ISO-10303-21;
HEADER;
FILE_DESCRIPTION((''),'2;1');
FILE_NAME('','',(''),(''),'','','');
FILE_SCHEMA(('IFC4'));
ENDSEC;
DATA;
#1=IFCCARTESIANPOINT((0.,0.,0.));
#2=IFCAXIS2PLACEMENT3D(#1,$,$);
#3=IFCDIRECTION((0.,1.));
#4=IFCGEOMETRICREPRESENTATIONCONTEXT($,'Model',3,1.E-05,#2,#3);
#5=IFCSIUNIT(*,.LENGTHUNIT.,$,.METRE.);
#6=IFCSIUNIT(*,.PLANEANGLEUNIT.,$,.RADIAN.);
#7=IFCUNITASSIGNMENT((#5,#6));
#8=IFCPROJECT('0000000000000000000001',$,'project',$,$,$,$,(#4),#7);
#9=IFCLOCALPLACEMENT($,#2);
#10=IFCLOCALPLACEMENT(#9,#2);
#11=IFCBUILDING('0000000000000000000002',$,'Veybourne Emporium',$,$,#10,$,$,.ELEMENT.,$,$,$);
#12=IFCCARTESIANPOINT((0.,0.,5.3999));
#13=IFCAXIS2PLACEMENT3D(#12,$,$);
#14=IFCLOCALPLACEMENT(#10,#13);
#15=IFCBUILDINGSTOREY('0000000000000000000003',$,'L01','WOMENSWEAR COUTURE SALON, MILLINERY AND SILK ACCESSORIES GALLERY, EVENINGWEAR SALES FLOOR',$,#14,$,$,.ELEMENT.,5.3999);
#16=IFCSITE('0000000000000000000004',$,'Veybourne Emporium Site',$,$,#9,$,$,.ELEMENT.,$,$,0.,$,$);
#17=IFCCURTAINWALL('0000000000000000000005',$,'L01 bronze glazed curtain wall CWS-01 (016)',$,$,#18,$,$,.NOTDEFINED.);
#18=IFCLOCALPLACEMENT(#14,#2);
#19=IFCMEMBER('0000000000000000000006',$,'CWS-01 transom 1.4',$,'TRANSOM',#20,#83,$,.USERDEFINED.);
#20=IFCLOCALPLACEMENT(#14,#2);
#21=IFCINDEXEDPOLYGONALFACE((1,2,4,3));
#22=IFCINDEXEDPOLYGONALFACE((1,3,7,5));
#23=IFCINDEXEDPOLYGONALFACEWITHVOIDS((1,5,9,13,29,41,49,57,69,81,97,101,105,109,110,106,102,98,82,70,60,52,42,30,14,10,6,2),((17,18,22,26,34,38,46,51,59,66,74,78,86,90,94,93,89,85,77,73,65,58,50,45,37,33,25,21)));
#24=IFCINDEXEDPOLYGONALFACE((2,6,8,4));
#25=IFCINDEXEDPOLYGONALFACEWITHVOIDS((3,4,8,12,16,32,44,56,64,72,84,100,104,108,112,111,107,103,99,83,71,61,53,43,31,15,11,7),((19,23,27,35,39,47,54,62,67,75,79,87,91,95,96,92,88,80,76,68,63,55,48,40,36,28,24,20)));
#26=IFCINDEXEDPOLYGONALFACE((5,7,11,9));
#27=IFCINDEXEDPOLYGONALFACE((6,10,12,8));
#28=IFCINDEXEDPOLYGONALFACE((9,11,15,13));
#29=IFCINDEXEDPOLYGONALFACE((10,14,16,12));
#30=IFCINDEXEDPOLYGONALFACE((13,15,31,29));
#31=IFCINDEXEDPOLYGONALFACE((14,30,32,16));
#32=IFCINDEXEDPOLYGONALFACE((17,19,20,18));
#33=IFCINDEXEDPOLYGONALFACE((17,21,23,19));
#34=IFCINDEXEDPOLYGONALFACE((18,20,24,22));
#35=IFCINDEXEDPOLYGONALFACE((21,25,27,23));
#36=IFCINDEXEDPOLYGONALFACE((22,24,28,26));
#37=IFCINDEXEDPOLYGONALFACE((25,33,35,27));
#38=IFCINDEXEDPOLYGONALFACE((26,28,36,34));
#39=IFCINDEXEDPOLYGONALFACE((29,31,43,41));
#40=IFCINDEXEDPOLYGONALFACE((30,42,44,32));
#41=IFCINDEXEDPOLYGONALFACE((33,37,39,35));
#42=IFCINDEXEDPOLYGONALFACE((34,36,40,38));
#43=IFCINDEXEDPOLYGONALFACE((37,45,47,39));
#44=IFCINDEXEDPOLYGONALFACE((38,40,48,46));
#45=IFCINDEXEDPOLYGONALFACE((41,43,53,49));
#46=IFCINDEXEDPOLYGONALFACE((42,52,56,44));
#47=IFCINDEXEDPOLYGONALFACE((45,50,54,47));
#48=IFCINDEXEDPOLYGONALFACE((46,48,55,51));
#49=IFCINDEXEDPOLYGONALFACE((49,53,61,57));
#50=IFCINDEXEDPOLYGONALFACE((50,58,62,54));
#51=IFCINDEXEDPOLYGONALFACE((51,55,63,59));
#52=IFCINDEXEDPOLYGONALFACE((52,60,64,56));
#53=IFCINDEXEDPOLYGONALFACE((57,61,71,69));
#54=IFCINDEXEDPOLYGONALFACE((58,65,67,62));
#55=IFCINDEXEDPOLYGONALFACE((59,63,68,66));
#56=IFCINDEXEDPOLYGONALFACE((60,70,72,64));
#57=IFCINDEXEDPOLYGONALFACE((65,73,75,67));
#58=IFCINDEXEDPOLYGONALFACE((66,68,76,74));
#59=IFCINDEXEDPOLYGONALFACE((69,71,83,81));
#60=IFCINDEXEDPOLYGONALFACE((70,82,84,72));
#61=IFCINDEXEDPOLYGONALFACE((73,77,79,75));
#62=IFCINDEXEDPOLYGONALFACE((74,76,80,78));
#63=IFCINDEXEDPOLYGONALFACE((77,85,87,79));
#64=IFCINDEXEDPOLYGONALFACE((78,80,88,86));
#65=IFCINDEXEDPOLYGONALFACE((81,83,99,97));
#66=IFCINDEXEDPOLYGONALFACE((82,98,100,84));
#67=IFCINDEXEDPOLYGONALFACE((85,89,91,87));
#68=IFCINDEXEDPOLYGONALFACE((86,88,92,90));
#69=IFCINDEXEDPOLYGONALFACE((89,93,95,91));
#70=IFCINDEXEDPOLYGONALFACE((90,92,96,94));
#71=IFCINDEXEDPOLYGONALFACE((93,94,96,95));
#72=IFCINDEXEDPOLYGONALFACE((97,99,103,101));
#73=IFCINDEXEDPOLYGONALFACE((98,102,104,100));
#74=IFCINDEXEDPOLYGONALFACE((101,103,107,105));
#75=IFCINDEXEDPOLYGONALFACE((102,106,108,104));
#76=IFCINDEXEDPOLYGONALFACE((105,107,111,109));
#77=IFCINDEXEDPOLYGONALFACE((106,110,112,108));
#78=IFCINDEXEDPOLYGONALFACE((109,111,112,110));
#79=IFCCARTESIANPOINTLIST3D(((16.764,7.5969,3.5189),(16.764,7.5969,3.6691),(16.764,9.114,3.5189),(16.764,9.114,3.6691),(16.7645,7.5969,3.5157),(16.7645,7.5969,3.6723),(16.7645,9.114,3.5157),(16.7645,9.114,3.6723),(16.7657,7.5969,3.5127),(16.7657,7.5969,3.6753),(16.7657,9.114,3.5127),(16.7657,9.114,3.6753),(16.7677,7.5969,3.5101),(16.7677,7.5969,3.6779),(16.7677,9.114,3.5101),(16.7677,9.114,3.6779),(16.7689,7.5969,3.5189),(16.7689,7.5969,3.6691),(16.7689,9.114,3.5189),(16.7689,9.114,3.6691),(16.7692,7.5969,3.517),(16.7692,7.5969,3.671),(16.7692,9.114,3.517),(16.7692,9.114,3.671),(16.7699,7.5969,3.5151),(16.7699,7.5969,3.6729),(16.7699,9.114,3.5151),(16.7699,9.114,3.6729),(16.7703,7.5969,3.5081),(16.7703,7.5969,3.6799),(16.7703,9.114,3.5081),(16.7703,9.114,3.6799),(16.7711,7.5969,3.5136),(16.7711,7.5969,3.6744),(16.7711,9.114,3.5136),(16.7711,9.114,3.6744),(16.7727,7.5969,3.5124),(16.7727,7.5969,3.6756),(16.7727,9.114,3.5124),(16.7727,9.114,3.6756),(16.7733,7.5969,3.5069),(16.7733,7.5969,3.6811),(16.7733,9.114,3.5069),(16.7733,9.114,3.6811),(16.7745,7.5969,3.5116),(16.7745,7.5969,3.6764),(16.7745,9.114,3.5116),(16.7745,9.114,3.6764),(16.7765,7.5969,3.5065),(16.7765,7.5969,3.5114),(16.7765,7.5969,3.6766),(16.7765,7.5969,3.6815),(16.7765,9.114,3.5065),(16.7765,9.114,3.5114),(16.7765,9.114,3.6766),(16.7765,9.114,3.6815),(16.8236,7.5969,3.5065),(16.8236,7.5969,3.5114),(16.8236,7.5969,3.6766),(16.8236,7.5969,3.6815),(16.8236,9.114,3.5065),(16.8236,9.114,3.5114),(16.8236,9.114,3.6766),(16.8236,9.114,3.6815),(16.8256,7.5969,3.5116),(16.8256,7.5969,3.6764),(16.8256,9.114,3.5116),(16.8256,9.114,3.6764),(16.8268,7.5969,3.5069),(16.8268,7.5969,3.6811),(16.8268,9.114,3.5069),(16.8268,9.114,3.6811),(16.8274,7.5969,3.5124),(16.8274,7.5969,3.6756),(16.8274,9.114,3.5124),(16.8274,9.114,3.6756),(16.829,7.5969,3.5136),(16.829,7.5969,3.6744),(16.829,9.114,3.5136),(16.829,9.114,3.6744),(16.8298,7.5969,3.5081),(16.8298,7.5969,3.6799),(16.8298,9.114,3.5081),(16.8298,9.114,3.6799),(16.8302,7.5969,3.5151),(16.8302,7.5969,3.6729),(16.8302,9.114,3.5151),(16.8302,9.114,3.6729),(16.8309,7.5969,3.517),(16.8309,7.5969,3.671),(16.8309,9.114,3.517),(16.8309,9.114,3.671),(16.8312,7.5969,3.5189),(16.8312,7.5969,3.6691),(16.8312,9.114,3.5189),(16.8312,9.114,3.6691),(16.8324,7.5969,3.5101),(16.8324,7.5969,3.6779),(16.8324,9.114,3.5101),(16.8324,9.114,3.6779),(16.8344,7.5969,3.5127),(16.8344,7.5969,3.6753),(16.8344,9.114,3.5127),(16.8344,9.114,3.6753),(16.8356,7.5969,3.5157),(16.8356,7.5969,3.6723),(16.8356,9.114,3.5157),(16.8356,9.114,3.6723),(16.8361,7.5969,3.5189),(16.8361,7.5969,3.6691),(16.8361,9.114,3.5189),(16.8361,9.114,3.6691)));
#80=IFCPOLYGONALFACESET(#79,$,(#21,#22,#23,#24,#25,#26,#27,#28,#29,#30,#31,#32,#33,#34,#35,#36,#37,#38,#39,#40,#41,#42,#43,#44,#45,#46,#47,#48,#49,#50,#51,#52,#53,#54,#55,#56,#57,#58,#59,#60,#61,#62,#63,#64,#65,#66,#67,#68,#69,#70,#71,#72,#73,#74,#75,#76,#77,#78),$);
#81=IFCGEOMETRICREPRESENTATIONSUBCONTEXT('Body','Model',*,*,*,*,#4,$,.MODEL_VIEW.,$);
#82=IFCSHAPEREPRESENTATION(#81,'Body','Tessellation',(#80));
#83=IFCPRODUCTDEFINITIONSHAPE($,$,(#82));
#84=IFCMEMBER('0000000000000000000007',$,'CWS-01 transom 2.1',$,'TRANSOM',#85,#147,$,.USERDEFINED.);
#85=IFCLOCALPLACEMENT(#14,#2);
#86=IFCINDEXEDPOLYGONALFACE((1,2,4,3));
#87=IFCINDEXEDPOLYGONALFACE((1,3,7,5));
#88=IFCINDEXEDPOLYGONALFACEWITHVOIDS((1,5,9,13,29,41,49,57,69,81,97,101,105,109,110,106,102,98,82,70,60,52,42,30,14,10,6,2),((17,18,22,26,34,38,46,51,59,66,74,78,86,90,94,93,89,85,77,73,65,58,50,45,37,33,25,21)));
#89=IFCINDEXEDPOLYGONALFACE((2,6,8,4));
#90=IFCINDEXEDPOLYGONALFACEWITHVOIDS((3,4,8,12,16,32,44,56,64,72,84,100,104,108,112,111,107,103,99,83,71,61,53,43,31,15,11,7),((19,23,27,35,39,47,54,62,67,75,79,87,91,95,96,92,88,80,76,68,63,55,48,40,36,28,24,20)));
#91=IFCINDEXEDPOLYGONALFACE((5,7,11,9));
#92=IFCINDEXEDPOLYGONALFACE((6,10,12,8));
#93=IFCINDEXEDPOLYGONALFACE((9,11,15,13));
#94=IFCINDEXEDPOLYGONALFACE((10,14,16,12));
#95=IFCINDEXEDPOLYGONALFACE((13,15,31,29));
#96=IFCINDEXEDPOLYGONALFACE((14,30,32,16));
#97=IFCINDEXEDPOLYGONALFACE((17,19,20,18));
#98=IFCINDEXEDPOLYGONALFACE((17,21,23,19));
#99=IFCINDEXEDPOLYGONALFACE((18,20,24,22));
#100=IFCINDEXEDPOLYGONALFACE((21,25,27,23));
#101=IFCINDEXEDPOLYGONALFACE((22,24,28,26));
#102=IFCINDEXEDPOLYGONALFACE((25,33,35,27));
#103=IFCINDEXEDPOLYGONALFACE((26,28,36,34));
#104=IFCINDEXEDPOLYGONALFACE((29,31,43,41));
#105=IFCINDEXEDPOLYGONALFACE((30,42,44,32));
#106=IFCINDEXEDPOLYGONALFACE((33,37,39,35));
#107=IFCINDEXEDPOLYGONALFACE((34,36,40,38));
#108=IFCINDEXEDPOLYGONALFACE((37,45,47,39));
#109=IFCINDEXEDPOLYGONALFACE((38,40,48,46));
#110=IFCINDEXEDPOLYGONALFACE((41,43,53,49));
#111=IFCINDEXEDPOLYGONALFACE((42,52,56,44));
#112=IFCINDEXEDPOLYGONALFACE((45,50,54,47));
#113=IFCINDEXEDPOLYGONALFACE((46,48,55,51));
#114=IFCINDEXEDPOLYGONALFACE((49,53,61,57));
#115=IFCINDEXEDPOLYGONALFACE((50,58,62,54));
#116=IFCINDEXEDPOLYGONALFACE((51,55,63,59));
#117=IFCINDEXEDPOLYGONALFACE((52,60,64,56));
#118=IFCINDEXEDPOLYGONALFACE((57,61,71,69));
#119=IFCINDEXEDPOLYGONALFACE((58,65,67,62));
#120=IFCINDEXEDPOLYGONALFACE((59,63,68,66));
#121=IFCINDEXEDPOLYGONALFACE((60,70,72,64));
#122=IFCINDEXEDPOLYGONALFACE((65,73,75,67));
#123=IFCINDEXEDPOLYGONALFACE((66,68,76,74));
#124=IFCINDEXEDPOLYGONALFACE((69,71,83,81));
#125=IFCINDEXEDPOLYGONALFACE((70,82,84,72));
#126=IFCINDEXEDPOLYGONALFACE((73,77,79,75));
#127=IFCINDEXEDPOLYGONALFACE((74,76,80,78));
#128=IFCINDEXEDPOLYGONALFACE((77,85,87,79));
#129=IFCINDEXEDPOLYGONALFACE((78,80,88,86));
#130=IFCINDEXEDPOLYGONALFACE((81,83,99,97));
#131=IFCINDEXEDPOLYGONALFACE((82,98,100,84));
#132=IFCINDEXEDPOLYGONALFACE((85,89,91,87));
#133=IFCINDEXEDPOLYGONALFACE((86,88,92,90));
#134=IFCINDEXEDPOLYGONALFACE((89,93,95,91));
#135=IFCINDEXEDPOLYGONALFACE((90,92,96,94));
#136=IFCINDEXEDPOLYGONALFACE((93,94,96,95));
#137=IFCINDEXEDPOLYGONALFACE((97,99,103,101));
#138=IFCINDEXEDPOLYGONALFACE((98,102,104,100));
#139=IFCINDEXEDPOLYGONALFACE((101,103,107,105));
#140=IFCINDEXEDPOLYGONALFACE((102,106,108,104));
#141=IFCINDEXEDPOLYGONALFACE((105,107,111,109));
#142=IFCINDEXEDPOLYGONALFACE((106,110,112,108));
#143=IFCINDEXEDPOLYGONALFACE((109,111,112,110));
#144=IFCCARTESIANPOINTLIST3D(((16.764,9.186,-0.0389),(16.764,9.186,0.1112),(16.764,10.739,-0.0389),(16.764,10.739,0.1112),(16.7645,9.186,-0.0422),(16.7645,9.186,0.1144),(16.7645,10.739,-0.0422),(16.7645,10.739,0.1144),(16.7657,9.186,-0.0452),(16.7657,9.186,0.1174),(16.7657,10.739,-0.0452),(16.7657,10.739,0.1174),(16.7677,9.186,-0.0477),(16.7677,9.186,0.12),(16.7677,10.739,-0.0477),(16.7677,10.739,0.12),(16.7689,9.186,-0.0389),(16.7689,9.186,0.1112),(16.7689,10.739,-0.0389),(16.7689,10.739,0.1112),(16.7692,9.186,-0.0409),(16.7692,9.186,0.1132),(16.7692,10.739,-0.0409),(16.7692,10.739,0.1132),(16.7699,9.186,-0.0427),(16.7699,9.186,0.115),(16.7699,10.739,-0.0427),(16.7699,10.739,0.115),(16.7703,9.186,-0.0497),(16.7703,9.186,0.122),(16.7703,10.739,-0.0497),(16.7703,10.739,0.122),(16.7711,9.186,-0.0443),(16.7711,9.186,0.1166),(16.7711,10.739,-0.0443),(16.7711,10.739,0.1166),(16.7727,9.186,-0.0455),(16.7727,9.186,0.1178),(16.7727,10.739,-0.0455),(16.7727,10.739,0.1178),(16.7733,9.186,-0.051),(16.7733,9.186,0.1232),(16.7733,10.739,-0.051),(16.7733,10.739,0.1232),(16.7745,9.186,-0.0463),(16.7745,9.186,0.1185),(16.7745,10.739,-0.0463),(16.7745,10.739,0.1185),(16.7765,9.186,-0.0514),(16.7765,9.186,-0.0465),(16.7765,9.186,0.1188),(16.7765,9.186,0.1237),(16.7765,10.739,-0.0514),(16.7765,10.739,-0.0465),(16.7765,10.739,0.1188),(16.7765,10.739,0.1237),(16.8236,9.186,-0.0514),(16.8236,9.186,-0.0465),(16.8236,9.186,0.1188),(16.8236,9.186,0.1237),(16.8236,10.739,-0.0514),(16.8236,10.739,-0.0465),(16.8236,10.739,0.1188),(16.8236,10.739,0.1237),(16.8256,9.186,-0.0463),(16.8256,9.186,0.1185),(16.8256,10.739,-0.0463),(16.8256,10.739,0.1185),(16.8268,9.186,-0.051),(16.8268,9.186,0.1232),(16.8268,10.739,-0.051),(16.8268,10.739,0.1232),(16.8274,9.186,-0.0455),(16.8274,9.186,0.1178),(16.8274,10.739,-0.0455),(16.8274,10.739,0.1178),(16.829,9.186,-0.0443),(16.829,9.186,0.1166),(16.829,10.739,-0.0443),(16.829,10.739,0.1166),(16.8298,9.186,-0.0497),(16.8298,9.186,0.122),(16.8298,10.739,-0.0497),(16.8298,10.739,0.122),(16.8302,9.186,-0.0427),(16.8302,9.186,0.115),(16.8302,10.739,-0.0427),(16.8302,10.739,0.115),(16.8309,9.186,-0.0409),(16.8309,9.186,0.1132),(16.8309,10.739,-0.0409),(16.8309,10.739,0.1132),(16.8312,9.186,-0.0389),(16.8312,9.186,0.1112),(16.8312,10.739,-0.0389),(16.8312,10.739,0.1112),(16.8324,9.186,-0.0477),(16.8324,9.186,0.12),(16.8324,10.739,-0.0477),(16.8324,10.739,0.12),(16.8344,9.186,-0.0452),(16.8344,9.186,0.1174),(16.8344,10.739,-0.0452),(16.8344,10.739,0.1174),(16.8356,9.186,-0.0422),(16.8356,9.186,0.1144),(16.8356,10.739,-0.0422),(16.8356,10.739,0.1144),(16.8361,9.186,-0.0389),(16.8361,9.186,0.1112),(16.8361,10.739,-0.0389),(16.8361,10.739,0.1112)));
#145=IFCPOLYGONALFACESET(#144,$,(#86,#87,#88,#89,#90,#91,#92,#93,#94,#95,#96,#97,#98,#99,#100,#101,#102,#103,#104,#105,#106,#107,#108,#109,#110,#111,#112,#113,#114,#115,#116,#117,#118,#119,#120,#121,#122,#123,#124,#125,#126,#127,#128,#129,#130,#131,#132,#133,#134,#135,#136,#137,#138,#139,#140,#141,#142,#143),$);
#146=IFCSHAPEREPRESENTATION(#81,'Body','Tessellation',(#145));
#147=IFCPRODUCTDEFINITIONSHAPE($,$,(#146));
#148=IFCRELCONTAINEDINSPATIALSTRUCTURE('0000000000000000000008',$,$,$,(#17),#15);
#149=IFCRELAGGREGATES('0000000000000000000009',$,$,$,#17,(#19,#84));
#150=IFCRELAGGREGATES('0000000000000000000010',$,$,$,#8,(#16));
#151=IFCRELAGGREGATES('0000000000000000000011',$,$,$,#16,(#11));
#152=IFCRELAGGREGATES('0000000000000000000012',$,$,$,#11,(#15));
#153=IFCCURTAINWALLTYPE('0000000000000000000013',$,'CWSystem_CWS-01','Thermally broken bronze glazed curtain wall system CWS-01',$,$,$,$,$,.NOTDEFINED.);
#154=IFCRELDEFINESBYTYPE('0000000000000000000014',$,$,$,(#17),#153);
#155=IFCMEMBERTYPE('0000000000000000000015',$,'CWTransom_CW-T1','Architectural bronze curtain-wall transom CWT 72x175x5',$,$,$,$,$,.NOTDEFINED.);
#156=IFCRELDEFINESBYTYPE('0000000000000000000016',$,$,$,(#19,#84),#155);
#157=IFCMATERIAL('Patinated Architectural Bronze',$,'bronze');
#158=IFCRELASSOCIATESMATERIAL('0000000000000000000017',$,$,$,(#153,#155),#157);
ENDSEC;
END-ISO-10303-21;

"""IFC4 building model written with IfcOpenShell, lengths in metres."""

from ifc_helpers import new_model, si_unit, direction, frame, origin, origin_2d, place, context, subcontext, project, spatial, hollow_rectangle, extrude, material, material_profile, profile_set, type_object, element, aggregate, save


model = new_model("IFC4")

# Units and contexts
model_context = context("Model", 3, precision=1e-05, world=origin(), true_north=direction((0.0, 1.0)))
body_context = subcontext(model_context, "Body", "Model", "MODEL_VIEW")
ifc_project = project(units=[si_unit("LENGTHUNIT", "METRE"), si_unit("PLANEANGLEUNIT", "RADIAN")], contexts=[model_context])

# Site, building, storey
site_placement = place(None, origin())
site = spatial("IfcSite", under=ifc_project, at=site_placement, Name="Veybourne Emporium Site", CompositionType="ELEMENT", RefElevation=0.0)
building_placement = place(site_placement, origin())
building = spatial("IfcBuilding", under=site, at=building_placement, Name="Veybourne Emporium", CompositionType="ELEMENT")
storey_placement = place(building_placement, frame((0.0, 0.0, 5.3999)))
storey = spatial("IfcBuildingStorey", under=building, at=storey_placement, Name="L01", Description="WOMENSWEAR COUTURE SALON, MILLINERY AND SILK ACCESSORIES GALLERY, EVENINGWEAR SALES FLOOR", CompositionType="ELEMENT", Elevation=5.3999)

# Curtain wall
ifc_material_1 = material(Name="Patinated Architectural Bronze", Category="bronze")
curtain_wall_type_1 = type_object("IfcCurtainWallType", Name="CWSystem_CWS-01", Description="Thermally broken bronze glazed curtain wall system CWS-01", PredefinedType="NOTDEFINED", material=ifc_material_1)
curtain_wall_1_placement = place(storey_placement, origin())
curtain_wall_1 = element("IfcCurtainWall", 1, at=curtain_wall_1_placement, inside=storey, type_object=curtain_wall_type_1, Name="L01 bronze glazed curtain wall CWS-01 (016)", PredefinedType="NOTDEFINED")

# Members
ifc_material_profile_1 = material_profile(ifc_material_1, hollow_rectangle(XDim=0.072, YDim=0.175, WallThickness=0.0049, InnerFilletRadius=0.0076, OuterFilletRadius=0.0125, at=origin_2d()), Name="CWT 72x175x5")
ifc_profile_set_1 = profile_set([ifc_material_profile_1], Name="Patinated Architectural Bronze")
member_type_1 = type_object("IfcMemberType", Name="CWTransom_CW-T1", Description="Architectural bronze curtain-wall transom CWT 72x175x5", PredefinedType="NOTDEFINED", material=ifc_profile_set_1)
member_1_placement = place(storey_placement, frame((16.8, 7.5969, 3.594), z_axis=(0.0, 1.0, 0.0), x_axis=(-1.0, 0.0, 0.0)))
member_1 = element("IfcMember", 2, at=member_1_placement, type_object=member_type_1, Name="CWS-01 transom 1.4", ObjectType="TRANSOM", PredefinedType="USERDEFINED", context=body_context, shape_type="SweptSolid", body=[
    extrude(hollow_rectangle(XDim=0.072, YDim=0.175, WallThickness=0.0049, InnerFilletRadius=0.0076, OuterFilletRadius=0.0125, at=origin_2d()), origin(), (0.0, 0.0, 1.0), 1.5171),
])
member_2_placement = place(storey_placement, frame((16.8, 9.186, 0.0361), z_axis=(0.0, 1.0, 0.0), x_axis=(-1.0, 0.0, 0.0)))
member_2 = element("IfcMember", 3, at=member_2_placement, type_object=member_type_1, Name="CWS-01 transom 2.1", ObjectType="TRANSOM", PredefinedType="USERDEFINED", context=body_context, shape_type="SweptSolid", body=[
    extrude(hollow_rectangle(XDim=0.072, YDim=0.175, WallThickness=0.0049, InnerFilletRadius=0.0076, OuterFilletRadius=0.0125, at=origin_2d()), origin(), (0.0, 0.0, 1.0), 1.553),
])

aggregate(curtain_wall_1, [member_1, member_2])

save(model, "model.ifc")
